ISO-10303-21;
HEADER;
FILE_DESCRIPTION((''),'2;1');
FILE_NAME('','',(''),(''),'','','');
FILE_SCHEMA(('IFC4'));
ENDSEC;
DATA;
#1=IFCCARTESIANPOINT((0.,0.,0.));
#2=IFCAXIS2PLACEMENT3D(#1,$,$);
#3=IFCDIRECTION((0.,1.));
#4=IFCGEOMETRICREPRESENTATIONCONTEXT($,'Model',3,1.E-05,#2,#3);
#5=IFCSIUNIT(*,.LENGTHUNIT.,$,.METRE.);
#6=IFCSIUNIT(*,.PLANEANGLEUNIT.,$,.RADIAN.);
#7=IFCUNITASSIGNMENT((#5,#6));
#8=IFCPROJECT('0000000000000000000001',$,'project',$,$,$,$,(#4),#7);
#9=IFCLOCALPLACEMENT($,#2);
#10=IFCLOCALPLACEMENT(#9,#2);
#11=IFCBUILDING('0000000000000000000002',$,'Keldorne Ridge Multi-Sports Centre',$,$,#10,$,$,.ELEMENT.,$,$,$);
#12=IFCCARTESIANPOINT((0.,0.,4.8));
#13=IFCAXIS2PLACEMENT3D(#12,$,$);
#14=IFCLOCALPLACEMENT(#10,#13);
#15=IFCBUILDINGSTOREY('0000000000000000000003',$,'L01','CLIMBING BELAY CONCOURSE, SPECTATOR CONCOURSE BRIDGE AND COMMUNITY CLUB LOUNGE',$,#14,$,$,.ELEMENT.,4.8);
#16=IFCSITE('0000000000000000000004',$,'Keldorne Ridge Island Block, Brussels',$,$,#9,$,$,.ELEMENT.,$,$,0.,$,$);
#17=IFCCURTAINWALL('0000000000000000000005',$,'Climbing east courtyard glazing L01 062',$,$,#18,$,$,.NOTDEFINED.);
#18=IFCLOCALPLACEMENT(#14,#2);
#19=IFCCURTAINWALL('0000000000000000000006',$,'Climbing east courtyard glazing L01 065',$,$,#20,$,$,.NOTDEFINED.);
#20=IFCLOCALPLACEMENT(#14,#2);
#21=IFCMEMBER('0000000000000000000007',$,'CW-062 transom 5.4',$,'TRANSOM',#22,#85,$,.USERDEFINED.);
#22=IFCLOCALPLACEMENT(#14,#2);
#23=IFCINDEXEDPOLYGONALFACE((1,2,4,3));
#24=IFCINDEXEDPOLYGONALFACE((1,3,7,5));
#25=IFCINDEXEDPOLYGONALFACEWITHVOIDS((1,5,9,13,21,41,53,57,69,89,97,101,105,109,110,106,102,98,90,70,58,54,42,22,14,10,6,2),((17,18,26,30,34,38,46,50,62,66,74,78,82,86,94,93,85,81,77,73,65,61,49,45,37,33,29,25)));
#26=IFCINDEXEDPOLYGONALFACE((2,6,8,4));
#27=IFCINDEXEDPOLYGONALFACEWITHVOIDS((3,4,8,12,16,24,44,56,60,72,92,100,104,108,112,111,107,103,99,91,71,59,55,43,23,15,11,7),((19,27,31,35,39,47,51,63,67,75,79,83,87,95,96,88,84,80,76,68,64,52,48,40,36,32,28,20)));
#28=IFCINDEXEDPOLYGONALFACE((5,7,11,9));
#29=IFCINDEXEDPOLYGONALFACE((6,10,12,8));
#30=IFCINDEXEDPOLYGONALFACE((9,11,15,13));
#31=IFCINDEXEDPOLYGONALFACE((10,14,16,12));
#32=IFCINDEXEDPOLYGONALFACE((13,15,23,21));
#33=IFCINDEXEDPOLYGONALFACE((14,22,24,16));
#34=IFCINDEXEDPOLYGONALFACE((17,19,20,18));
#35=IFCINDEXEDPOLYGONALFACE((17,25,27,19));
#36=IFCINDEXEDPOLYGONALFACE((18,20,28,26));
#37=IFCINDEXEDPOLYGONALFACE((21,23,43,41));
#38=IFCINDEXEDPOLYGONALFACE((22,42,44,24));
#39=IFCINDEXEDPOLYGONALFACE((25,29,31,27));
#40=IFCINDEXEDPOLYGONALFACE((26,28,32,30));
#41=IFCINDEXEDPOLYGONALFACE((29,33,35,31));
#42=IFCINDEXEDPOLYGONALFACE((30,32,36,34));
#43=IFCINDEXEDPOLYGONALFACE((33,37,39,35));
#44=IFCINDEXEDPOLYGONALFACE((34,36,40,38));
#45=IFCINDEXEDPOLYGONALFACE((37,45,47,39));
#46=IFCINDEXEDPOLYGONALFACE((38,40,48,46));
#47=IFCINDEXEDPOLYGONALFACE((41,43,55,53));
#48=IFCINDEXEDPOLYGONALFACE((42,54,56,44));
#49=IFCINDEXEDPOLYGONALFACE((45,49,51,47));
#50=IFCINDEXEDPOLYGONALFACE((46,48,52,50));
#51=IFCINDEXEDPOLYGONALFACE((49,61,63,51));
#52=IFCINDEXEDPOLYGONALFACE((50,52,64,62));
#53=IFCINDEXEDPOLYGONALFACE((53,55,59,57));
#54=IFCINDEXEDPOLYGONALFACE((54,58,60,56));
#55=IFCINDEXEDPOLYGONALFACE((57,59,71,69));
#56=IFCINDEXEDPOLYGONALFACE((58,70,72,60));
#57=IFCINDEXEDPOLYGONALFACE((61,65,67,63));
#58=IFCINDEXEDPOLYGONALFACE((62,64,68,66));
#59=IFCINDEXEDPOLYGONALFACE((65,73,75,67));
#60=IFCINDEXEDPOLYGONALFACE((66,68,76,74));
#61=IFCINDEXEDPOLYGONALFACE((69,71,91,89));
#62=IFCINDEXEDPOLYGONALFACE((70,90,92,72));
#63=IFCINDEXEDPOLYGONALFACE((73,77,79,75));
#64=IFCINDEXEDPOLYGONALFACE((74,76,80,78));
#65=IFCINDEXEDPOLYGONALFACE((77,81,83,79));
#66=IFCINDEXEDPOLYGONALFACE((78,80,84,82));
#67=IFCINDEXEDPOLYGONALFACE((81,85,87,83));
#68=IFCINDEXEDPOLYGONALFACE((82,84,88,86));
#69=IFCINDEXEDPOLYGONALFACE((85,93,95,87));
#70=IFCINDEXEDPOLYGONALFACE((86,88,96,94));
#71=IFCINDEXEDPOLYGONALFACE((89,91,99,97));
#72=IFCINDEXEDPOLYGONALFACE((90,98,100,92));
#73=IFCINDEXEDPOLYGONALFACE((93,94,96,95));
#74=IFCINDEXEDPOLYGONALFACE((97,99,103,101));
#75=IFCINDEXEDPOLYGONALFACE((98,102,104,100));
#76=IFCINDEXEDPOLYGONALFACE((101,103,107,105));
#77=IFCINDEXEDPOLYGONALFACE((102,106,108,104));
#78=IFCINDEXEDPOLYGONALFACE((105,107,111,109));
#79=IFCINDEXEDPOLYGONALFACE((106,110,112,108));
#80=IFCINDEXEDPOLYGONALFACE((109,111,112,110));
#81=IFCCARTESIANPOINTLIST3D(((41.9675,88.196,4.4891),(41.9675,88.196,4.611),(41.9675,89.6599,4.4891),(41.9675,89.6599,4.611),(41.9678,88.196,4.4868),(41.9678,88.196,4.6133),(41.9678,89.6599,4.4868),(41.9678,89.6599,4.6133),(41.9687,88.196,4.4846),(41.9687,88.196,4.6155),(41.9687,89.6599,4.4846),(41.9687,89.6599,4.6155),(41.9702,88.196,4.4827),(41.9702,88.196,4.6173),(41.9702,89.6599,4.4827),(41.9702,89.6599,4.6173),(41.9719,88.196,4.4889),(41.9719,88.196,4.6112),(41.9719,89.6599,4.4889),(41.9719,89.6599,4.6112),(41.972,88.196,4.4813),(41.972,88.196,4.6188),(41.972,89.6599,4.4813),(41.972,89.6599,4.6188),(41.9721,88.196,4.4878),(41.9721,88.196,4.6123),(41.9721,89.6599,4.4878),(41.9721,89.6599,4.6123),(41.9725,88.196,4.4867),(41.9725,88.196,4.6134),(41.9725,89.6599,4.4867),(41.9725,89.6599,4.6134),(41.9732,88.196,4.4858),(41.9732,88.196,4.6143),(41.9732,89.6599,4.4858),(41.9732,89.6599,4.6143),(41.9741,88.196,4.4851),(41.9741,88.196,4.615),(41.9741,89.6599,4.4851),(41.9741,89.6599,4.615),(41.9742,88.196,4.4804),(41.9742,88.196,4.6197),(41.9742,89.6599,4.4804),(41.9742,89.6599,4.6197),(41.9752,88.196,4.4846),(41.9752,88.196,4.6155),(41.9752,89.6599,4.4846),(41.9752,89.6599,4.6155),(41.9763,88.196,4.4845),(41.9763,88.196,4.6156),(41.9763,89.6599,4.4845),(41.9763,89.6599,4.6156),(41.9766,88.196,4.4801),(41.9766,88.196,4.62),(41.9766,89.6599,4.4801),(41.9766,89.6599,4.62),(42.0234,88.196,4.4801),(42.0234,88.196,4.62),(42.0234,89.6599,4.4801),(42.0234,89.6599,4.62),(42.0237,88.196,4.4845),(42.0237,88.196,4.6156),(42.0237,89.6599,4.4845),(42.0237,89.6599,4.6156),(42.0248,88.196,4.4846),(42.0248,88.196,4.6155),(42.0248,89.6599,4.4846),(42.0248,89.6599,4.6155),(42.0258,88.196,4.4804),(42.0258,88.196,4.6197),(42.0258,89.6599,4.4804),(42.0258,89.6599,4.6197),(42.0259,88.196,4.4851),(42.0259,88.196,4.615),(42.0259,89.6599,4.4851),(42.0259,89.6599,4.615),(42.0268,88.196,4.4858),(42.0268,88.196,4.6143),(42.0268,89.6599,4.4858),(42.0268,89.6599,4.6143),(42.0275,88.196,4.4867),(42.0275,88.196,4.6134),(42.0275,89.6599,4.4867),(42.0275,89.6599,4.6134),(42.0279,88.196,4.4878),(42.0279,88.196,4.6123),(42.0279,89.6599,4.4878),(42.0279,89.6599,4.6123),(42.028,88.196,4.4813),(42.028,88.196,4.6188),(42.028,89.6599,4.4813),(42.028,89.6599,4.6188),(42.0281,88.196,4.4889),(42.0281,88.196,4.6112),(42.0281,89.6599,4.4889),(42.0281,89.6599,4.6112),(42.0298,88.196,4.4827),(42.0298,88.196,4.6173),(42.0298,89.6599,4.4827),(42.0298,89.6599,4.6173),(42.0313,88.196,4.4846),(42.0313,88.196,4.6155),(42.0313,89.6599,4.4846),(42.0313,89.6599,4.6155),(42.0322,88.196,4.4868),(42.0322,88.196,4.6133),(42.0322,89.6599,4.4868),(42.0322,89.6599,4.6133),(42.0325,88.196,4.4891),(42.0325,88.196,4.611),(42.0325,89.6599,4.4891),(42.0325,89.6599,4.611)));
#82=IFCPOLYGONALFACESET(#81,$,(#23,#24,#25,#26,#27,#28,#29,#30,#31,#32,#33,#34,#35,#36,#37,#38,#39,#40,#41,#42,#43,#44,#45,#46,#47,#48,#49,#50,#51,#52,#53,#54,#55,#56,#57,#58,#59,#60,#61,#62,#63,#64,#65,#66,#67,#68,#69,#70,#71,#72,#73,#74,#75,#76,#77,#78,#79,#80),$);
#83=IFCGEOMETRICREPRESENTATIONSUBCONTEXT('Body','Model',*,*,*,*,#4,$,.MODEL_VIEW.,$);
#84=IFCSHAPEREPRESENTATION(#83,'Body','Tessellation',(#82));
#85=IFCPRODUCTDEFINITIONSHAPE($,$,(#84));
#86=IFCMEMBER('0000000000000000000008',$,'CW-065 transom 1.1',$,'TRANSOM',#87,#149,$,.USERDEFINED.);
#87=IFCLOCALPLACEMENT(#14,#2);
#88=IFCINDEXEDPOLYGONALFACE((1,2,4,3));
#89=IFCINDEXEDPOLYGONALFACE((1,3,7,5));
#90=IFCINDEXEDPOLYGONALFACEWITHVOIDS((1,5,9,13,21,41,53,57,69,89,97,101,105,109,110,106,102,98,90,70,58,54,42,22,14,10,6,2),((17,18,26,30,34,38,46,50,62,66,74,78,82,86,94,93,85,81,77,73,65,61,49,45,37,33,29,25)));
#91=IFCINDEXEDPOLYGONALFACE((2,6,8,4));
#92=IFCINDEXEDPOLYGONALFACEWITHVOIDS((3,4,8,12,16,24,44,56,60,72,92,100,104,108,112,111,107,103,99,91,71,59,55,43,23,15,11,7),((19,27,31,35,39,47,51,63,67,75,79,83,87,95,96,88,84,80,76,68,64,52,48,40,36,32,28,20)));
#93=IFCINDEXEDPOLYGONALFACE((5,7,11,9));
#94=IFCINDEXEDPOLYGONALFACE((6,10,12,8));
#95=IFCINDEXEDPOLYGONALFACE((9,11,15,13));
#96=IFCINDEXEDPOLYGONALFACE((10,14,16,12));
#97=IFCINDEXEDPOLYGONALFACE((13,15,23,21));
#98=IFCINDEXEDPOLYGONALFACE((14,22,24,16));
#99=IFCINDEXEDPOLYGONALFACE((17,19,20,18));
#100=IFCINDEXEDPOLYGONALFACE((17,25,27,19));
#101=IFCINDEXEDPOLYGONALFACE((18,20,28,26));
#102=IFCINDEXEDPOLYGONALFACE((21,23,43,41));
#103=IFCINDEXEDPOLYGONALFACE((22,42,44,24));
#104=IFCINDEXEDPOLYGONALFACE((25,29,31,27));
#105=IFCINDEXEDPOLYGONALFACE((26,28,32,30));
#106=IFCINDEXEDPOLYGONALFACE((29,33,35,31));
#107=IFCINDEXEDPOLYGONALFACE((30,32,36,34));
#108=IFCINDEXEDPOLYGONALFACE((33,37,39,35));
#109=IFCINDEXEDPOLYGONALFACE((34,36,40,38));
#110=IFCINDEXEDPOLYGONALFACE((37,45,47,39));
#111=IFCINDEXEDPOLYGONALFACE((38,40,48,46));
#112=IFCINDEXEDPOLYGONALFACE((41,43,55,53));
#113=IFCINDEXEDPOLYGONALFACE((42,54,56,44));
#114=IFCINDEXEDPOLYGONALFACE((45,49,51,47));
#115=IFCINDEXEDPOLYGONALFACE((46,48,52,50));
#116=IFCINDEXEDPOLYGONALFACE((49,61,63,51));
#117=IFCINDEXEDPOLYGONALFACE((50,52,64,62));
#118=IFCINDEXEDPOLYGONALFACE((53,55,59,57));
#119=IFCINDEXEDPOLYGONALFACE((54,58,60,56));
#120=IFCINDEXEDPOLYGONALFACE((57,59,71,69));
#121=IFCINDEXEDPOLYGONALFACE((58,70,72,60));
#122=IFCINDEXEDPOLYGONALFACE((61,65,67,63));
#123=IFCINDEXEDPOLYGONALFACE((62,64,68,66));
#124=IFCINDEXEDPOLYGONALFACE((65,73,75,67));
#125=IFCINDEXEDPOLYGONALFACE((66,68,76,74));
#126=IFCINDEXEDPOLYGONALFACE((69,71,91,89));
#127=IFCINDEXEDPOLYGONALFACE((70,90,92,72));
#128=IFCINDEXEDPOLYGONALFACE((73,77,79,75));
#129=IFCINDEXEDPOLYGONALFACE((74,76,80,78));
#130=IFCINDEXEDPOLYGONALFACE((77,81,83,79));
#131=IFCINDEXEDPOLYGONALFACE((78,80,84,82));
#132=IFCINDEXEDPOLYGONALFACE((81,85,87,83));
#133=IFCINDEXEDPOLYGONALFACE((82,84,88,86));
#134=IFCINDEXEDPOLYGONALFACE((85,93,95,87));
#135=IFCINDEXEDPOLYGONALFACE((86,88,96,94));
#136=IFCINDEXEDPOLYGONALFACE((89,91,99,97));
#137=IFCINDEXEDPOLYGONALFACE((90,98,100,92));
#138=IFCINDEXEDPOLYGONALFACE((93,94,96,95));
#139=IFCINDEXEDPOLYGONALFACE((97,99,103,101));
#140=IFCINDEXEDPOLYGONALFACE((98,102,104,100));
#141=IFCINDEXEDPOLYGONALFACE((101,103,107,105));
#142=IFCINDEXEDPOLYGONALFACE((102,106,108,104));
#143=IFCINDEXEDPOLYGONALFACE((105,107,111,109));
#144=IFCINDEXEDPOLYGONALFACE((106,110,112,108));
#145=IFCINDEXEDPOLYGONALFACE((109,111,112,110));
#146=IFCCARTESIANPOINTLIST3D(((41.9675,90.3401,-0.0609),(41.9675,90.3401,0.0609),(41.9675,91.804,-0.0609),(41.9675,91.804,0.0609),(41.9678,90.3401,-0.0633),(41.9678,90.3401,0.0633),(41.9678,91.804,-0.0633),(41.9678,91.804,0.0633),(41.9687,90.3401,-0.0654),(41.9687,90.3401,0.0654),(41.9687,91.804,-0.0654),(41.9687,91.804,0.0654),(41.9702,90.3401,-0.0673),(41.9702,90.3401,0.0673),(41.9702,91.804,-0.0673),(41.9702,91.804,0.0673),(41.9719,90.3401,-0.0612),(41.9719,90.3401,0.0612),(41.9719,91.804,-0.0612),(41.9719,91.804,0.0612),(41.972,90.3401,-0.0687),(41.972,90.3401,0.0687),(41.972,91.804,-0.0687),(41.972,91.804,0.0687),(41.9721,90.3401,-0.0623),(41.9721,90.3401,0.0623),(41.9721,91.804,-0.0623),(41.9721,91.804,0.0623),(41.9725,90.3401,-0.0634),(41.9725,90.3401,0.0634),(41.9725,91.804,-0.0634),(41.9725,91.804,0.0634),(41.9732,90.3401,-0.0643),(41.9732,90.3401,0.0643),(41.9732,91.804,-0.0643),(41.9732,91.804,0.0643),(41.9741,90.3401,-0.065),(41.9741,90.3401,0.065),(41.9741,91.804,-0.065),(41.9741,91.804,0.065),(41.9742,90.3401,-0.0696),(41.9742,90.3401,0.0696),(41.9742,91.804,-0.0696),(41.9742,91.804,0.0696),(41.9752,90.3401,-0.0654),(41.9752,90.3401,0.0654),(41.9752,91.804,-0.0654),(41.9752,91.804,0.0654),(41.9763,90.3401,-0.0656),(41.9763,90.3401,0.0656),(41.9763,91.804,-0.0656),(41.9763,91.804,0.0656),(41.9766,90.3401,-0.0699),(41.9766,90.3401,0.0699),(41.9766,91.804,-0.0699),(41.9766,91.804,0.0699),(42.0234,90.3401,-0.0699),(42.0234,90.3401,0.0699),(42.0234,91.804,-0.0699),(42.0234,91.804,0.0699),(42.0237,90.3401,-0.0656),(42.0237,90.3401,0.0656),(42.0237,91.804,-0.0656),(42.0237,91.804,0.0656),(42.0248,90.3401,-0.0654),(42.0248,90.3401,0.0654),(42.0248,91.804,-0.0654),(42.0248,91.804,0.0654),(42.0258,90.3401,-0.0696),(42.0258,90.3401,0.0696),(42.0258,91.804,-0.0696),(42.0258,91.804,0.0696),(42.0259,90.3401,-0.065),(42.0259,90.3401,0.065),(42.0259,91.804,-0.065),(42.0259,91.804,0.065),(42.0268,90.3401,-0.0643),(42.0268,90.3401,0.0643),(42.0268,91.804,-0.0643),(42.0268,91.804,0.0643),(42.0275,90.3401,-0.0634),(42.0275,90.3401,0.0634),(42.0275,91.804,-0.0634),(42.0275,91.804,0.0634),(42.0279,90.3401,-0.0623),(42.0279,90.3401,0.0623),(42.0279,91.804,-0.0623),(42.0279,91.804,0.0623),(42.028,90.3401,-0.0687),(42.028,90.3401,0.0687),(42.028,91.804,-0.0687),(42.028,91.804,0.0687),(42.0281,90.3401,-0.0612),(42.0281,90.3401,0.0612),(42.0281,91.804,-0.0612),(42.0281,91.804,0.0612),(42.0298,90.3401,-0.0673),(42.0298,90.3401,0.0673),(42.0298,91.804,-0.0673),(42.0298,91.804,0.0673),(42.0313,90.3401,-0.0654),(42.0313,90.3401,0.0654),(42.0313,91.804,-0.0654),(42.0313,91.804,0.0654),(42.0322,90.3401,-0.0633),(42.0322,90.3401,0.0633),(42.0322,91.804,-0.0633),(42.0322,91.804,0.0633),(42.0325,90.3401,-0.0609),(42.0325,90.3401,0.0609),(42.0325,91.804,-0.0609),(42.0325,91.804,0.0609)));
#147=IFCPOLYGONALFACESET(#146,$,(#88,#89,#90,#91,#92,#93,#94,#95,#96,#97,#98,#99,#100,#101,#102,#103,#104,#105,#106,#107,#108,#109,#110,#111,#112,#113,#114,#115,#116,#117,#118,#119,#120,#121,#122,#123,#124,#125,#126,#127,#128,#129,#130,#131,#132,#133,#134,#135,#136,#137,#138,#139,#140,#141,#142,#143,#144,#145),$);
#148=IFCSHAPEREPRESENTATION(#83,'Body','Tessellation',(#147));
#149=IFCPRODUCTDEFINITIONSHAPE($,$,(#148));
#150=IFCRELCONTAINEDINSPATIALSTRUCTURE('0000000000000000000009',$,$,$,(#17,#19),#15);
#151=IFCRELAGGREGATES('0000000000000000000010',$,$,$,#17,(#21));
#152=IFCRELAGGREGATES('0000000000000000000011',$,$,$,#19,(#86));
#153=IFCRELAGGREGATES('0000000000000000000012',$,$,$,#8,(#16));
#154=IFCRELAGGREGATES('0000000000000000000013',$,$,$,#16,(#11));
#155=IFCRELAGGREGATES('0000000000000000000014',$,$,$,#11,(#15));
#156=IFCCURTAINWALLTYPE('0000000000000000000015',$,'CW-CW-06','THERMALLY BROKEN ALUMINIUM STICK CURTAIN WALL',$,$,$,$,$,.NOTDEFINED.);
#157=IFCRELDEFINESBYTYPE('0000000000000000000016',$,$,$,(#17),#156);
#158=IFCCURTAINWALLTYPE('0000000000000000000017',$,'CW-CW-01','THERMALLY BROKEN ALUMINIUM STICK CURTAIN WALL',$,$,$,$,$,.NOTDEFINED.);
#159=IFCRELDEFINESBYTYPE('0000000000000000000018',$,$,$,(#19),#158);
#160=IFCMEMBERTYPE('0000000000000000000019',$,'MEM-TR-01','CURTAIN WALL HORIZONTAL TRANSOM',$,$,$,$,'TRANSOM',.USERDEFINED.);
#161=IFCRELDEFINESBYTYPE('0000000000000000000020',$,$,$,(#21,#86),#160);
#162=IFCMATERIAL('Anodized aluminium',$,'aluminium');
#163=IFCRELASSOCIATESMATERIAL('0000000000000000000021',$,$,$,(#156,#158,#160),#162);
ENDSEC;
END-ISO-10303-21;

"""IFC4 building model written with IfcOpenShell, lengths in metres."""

from ifc_helpers import new_model, si_unit, direction, frame, origin, origin_2d, place, context, subcontext, project, spatial, hollow_rectangle, extrude, material, material_profile, profile_set, type_object, element, aggregate, save


model = new_model("IFC4")

# Units and contexts
model_context = context("Model", 3, precision=1e-05, world=origin(), true_north=direction((0.0, 1.0)))
body_context = subcontext(model_context, "Body", "Model", "MODEL_VIEW")
ifc_project = project(units=[si_unit("LENGTHUNIT", "METRE"), si_unit("PLANEANGLEUNIT", "RADIAN")], contexts=[model_context])

# Site, building, storey
site_placement = place(None, origin())
site = spatial("IfcSite", under=ifc_project, at=site_placement, Name="Keldorne Ridge Island Block, Brussels", CompositionType="ELEMENT", RefElevation=0.0)
building_placement = place(site_placement, origin())
building = spatial("IfcBuilding", under=site, at=building_placement, Name="Keldorne Ridge Multi-Sports Centre", CompositionType="ELEMENT")
storey_placement = place(building_placement, frame((0.0, 0.0, 4.8)))
storey = spatial("IfcBuildingStorey", under=building, at=storey_placement, Name="L01", Description="CLIMBING BELAY CONCOURSE, SPECTATOR CONCOURSE BRIDGE AND COMMUNITY CLUB LOUNGE", CompositionType="ELEMENT", Elevation=4.8)

# Curtain wall
ifc_material_1 = material(Name="Anodized aluminium", Category="aluminium")
curtain_wall_type_1 = type_object("IfcCurtainWallType", Name="CW-CW-06", Description="THERMALLY BROKEN ALUMINIUM STICK CURTAIN WALL", PredefinedType="NOTDEFINED", material=ifc_material_1)
curtain_wall_1_placement = place(storey_placement, origin())
curtain_wall_1 = element("IfcCurtainWall", 1, at=curtain_wall_1_placement, inside=storey, type_object=curtain_wall_type_1, Name="Climbing east courtyard glazing L01 062", PredefinedType="NOTDEFINED")

# Curtain wall
curtain_wall_type_2 = type_object("IfcCurtainWallType", Name="CW-CW-01", Description="THERMALLY BROKEN ALUMINIUM STICK CURTAIN WALL", PredefinedType="NOTDEFINED", material=ifc_material_1)
curtain_wall_2_placement = place(storey_placement, origin())
curtain_wall_2 = element("IfcCurtainWall", 2, at=curtain_wall_2_placement, inside=storey, type_object=curtain_wall_type_2, Name="Climbing east courtyard glazing L01 065", PredefinedType="NOTDEFINED")

# Members
ifc_material_profile_1 = material_profile(ifc_material_1, hollow_rectangle(XDim=0.0649, YDim=0.1399, WallThickness=0.0044, InnerFilletRadius=0.0044, OuterFilletRadius=0.009, at=origin_2d()), Name="ALU TRANSOM 140x65x4.5")
ifc_profile_set_1 = profile_set([ifc_material_profile_1], Name="Anodized aluminium")
member_type_1 = type_object("IfcMemberType", Name="MEM-TR-01", Description="CURTAIN WALL HORIZONTAL TRANSOM", ElementType="TRANSOM", PredefinedType="USERDEFINED", material=ifc_profile_set_1)
member_1_placement = place(storey_placement, frame((42.0, 88.196, 4.55), z_axis=(0.0, 1.0, 0.0), x_axis=(-1.0, 0.0, 0.0)))
member_1 = element("IfcMember", 3, at=member_1_placement, type_object=member_type_1, Name="CW-062 transom 5.4", ObjectType="TRANSOM", PredefinedType="USERDEFINED", context=body_context, shape_type="SweptSolid", body=[
    extrude(hollow_rectangle(XDim=0.0649, YDim=0.1399, WallThickness=0.0044, InnerFilletRadius=0.0044, OuterFilletRadius=0.009, at=origin_2d()), origin(), (0.0, 0.0, 1.0), 1.4639),
])
member_2_placement = place(storey_placement, frame((42.0, 90.3401, 0.0), z_axis=(0.0, 1.0, 0.0), x_axis=(-1.0, 0.0, 0.0)))
member_2 = element("IfcMember", 4, at=member_2_placement, type_object=member_type_1, Name="CW-065 transom 1.1", ObjectType="TRANSOM", PredefinedType="USERDEFINED", context=body_context, shape_type="SweptSolid", body=[
    extrude(hollow_rectangle(XDim=0.0649, YDim=0.1399, WallThickness=0.0044, InnerFilletRadius=0.0044, OuterFilletRadius=0.009, at=origin_2d()), origin(), (0.0, 0.0, 1.0), 1.4639),
])

aggregate(curtain_wall_1, [member_1])
aggregate(curtain_wall_2, [member_2])

save(model, "model.ifc")
